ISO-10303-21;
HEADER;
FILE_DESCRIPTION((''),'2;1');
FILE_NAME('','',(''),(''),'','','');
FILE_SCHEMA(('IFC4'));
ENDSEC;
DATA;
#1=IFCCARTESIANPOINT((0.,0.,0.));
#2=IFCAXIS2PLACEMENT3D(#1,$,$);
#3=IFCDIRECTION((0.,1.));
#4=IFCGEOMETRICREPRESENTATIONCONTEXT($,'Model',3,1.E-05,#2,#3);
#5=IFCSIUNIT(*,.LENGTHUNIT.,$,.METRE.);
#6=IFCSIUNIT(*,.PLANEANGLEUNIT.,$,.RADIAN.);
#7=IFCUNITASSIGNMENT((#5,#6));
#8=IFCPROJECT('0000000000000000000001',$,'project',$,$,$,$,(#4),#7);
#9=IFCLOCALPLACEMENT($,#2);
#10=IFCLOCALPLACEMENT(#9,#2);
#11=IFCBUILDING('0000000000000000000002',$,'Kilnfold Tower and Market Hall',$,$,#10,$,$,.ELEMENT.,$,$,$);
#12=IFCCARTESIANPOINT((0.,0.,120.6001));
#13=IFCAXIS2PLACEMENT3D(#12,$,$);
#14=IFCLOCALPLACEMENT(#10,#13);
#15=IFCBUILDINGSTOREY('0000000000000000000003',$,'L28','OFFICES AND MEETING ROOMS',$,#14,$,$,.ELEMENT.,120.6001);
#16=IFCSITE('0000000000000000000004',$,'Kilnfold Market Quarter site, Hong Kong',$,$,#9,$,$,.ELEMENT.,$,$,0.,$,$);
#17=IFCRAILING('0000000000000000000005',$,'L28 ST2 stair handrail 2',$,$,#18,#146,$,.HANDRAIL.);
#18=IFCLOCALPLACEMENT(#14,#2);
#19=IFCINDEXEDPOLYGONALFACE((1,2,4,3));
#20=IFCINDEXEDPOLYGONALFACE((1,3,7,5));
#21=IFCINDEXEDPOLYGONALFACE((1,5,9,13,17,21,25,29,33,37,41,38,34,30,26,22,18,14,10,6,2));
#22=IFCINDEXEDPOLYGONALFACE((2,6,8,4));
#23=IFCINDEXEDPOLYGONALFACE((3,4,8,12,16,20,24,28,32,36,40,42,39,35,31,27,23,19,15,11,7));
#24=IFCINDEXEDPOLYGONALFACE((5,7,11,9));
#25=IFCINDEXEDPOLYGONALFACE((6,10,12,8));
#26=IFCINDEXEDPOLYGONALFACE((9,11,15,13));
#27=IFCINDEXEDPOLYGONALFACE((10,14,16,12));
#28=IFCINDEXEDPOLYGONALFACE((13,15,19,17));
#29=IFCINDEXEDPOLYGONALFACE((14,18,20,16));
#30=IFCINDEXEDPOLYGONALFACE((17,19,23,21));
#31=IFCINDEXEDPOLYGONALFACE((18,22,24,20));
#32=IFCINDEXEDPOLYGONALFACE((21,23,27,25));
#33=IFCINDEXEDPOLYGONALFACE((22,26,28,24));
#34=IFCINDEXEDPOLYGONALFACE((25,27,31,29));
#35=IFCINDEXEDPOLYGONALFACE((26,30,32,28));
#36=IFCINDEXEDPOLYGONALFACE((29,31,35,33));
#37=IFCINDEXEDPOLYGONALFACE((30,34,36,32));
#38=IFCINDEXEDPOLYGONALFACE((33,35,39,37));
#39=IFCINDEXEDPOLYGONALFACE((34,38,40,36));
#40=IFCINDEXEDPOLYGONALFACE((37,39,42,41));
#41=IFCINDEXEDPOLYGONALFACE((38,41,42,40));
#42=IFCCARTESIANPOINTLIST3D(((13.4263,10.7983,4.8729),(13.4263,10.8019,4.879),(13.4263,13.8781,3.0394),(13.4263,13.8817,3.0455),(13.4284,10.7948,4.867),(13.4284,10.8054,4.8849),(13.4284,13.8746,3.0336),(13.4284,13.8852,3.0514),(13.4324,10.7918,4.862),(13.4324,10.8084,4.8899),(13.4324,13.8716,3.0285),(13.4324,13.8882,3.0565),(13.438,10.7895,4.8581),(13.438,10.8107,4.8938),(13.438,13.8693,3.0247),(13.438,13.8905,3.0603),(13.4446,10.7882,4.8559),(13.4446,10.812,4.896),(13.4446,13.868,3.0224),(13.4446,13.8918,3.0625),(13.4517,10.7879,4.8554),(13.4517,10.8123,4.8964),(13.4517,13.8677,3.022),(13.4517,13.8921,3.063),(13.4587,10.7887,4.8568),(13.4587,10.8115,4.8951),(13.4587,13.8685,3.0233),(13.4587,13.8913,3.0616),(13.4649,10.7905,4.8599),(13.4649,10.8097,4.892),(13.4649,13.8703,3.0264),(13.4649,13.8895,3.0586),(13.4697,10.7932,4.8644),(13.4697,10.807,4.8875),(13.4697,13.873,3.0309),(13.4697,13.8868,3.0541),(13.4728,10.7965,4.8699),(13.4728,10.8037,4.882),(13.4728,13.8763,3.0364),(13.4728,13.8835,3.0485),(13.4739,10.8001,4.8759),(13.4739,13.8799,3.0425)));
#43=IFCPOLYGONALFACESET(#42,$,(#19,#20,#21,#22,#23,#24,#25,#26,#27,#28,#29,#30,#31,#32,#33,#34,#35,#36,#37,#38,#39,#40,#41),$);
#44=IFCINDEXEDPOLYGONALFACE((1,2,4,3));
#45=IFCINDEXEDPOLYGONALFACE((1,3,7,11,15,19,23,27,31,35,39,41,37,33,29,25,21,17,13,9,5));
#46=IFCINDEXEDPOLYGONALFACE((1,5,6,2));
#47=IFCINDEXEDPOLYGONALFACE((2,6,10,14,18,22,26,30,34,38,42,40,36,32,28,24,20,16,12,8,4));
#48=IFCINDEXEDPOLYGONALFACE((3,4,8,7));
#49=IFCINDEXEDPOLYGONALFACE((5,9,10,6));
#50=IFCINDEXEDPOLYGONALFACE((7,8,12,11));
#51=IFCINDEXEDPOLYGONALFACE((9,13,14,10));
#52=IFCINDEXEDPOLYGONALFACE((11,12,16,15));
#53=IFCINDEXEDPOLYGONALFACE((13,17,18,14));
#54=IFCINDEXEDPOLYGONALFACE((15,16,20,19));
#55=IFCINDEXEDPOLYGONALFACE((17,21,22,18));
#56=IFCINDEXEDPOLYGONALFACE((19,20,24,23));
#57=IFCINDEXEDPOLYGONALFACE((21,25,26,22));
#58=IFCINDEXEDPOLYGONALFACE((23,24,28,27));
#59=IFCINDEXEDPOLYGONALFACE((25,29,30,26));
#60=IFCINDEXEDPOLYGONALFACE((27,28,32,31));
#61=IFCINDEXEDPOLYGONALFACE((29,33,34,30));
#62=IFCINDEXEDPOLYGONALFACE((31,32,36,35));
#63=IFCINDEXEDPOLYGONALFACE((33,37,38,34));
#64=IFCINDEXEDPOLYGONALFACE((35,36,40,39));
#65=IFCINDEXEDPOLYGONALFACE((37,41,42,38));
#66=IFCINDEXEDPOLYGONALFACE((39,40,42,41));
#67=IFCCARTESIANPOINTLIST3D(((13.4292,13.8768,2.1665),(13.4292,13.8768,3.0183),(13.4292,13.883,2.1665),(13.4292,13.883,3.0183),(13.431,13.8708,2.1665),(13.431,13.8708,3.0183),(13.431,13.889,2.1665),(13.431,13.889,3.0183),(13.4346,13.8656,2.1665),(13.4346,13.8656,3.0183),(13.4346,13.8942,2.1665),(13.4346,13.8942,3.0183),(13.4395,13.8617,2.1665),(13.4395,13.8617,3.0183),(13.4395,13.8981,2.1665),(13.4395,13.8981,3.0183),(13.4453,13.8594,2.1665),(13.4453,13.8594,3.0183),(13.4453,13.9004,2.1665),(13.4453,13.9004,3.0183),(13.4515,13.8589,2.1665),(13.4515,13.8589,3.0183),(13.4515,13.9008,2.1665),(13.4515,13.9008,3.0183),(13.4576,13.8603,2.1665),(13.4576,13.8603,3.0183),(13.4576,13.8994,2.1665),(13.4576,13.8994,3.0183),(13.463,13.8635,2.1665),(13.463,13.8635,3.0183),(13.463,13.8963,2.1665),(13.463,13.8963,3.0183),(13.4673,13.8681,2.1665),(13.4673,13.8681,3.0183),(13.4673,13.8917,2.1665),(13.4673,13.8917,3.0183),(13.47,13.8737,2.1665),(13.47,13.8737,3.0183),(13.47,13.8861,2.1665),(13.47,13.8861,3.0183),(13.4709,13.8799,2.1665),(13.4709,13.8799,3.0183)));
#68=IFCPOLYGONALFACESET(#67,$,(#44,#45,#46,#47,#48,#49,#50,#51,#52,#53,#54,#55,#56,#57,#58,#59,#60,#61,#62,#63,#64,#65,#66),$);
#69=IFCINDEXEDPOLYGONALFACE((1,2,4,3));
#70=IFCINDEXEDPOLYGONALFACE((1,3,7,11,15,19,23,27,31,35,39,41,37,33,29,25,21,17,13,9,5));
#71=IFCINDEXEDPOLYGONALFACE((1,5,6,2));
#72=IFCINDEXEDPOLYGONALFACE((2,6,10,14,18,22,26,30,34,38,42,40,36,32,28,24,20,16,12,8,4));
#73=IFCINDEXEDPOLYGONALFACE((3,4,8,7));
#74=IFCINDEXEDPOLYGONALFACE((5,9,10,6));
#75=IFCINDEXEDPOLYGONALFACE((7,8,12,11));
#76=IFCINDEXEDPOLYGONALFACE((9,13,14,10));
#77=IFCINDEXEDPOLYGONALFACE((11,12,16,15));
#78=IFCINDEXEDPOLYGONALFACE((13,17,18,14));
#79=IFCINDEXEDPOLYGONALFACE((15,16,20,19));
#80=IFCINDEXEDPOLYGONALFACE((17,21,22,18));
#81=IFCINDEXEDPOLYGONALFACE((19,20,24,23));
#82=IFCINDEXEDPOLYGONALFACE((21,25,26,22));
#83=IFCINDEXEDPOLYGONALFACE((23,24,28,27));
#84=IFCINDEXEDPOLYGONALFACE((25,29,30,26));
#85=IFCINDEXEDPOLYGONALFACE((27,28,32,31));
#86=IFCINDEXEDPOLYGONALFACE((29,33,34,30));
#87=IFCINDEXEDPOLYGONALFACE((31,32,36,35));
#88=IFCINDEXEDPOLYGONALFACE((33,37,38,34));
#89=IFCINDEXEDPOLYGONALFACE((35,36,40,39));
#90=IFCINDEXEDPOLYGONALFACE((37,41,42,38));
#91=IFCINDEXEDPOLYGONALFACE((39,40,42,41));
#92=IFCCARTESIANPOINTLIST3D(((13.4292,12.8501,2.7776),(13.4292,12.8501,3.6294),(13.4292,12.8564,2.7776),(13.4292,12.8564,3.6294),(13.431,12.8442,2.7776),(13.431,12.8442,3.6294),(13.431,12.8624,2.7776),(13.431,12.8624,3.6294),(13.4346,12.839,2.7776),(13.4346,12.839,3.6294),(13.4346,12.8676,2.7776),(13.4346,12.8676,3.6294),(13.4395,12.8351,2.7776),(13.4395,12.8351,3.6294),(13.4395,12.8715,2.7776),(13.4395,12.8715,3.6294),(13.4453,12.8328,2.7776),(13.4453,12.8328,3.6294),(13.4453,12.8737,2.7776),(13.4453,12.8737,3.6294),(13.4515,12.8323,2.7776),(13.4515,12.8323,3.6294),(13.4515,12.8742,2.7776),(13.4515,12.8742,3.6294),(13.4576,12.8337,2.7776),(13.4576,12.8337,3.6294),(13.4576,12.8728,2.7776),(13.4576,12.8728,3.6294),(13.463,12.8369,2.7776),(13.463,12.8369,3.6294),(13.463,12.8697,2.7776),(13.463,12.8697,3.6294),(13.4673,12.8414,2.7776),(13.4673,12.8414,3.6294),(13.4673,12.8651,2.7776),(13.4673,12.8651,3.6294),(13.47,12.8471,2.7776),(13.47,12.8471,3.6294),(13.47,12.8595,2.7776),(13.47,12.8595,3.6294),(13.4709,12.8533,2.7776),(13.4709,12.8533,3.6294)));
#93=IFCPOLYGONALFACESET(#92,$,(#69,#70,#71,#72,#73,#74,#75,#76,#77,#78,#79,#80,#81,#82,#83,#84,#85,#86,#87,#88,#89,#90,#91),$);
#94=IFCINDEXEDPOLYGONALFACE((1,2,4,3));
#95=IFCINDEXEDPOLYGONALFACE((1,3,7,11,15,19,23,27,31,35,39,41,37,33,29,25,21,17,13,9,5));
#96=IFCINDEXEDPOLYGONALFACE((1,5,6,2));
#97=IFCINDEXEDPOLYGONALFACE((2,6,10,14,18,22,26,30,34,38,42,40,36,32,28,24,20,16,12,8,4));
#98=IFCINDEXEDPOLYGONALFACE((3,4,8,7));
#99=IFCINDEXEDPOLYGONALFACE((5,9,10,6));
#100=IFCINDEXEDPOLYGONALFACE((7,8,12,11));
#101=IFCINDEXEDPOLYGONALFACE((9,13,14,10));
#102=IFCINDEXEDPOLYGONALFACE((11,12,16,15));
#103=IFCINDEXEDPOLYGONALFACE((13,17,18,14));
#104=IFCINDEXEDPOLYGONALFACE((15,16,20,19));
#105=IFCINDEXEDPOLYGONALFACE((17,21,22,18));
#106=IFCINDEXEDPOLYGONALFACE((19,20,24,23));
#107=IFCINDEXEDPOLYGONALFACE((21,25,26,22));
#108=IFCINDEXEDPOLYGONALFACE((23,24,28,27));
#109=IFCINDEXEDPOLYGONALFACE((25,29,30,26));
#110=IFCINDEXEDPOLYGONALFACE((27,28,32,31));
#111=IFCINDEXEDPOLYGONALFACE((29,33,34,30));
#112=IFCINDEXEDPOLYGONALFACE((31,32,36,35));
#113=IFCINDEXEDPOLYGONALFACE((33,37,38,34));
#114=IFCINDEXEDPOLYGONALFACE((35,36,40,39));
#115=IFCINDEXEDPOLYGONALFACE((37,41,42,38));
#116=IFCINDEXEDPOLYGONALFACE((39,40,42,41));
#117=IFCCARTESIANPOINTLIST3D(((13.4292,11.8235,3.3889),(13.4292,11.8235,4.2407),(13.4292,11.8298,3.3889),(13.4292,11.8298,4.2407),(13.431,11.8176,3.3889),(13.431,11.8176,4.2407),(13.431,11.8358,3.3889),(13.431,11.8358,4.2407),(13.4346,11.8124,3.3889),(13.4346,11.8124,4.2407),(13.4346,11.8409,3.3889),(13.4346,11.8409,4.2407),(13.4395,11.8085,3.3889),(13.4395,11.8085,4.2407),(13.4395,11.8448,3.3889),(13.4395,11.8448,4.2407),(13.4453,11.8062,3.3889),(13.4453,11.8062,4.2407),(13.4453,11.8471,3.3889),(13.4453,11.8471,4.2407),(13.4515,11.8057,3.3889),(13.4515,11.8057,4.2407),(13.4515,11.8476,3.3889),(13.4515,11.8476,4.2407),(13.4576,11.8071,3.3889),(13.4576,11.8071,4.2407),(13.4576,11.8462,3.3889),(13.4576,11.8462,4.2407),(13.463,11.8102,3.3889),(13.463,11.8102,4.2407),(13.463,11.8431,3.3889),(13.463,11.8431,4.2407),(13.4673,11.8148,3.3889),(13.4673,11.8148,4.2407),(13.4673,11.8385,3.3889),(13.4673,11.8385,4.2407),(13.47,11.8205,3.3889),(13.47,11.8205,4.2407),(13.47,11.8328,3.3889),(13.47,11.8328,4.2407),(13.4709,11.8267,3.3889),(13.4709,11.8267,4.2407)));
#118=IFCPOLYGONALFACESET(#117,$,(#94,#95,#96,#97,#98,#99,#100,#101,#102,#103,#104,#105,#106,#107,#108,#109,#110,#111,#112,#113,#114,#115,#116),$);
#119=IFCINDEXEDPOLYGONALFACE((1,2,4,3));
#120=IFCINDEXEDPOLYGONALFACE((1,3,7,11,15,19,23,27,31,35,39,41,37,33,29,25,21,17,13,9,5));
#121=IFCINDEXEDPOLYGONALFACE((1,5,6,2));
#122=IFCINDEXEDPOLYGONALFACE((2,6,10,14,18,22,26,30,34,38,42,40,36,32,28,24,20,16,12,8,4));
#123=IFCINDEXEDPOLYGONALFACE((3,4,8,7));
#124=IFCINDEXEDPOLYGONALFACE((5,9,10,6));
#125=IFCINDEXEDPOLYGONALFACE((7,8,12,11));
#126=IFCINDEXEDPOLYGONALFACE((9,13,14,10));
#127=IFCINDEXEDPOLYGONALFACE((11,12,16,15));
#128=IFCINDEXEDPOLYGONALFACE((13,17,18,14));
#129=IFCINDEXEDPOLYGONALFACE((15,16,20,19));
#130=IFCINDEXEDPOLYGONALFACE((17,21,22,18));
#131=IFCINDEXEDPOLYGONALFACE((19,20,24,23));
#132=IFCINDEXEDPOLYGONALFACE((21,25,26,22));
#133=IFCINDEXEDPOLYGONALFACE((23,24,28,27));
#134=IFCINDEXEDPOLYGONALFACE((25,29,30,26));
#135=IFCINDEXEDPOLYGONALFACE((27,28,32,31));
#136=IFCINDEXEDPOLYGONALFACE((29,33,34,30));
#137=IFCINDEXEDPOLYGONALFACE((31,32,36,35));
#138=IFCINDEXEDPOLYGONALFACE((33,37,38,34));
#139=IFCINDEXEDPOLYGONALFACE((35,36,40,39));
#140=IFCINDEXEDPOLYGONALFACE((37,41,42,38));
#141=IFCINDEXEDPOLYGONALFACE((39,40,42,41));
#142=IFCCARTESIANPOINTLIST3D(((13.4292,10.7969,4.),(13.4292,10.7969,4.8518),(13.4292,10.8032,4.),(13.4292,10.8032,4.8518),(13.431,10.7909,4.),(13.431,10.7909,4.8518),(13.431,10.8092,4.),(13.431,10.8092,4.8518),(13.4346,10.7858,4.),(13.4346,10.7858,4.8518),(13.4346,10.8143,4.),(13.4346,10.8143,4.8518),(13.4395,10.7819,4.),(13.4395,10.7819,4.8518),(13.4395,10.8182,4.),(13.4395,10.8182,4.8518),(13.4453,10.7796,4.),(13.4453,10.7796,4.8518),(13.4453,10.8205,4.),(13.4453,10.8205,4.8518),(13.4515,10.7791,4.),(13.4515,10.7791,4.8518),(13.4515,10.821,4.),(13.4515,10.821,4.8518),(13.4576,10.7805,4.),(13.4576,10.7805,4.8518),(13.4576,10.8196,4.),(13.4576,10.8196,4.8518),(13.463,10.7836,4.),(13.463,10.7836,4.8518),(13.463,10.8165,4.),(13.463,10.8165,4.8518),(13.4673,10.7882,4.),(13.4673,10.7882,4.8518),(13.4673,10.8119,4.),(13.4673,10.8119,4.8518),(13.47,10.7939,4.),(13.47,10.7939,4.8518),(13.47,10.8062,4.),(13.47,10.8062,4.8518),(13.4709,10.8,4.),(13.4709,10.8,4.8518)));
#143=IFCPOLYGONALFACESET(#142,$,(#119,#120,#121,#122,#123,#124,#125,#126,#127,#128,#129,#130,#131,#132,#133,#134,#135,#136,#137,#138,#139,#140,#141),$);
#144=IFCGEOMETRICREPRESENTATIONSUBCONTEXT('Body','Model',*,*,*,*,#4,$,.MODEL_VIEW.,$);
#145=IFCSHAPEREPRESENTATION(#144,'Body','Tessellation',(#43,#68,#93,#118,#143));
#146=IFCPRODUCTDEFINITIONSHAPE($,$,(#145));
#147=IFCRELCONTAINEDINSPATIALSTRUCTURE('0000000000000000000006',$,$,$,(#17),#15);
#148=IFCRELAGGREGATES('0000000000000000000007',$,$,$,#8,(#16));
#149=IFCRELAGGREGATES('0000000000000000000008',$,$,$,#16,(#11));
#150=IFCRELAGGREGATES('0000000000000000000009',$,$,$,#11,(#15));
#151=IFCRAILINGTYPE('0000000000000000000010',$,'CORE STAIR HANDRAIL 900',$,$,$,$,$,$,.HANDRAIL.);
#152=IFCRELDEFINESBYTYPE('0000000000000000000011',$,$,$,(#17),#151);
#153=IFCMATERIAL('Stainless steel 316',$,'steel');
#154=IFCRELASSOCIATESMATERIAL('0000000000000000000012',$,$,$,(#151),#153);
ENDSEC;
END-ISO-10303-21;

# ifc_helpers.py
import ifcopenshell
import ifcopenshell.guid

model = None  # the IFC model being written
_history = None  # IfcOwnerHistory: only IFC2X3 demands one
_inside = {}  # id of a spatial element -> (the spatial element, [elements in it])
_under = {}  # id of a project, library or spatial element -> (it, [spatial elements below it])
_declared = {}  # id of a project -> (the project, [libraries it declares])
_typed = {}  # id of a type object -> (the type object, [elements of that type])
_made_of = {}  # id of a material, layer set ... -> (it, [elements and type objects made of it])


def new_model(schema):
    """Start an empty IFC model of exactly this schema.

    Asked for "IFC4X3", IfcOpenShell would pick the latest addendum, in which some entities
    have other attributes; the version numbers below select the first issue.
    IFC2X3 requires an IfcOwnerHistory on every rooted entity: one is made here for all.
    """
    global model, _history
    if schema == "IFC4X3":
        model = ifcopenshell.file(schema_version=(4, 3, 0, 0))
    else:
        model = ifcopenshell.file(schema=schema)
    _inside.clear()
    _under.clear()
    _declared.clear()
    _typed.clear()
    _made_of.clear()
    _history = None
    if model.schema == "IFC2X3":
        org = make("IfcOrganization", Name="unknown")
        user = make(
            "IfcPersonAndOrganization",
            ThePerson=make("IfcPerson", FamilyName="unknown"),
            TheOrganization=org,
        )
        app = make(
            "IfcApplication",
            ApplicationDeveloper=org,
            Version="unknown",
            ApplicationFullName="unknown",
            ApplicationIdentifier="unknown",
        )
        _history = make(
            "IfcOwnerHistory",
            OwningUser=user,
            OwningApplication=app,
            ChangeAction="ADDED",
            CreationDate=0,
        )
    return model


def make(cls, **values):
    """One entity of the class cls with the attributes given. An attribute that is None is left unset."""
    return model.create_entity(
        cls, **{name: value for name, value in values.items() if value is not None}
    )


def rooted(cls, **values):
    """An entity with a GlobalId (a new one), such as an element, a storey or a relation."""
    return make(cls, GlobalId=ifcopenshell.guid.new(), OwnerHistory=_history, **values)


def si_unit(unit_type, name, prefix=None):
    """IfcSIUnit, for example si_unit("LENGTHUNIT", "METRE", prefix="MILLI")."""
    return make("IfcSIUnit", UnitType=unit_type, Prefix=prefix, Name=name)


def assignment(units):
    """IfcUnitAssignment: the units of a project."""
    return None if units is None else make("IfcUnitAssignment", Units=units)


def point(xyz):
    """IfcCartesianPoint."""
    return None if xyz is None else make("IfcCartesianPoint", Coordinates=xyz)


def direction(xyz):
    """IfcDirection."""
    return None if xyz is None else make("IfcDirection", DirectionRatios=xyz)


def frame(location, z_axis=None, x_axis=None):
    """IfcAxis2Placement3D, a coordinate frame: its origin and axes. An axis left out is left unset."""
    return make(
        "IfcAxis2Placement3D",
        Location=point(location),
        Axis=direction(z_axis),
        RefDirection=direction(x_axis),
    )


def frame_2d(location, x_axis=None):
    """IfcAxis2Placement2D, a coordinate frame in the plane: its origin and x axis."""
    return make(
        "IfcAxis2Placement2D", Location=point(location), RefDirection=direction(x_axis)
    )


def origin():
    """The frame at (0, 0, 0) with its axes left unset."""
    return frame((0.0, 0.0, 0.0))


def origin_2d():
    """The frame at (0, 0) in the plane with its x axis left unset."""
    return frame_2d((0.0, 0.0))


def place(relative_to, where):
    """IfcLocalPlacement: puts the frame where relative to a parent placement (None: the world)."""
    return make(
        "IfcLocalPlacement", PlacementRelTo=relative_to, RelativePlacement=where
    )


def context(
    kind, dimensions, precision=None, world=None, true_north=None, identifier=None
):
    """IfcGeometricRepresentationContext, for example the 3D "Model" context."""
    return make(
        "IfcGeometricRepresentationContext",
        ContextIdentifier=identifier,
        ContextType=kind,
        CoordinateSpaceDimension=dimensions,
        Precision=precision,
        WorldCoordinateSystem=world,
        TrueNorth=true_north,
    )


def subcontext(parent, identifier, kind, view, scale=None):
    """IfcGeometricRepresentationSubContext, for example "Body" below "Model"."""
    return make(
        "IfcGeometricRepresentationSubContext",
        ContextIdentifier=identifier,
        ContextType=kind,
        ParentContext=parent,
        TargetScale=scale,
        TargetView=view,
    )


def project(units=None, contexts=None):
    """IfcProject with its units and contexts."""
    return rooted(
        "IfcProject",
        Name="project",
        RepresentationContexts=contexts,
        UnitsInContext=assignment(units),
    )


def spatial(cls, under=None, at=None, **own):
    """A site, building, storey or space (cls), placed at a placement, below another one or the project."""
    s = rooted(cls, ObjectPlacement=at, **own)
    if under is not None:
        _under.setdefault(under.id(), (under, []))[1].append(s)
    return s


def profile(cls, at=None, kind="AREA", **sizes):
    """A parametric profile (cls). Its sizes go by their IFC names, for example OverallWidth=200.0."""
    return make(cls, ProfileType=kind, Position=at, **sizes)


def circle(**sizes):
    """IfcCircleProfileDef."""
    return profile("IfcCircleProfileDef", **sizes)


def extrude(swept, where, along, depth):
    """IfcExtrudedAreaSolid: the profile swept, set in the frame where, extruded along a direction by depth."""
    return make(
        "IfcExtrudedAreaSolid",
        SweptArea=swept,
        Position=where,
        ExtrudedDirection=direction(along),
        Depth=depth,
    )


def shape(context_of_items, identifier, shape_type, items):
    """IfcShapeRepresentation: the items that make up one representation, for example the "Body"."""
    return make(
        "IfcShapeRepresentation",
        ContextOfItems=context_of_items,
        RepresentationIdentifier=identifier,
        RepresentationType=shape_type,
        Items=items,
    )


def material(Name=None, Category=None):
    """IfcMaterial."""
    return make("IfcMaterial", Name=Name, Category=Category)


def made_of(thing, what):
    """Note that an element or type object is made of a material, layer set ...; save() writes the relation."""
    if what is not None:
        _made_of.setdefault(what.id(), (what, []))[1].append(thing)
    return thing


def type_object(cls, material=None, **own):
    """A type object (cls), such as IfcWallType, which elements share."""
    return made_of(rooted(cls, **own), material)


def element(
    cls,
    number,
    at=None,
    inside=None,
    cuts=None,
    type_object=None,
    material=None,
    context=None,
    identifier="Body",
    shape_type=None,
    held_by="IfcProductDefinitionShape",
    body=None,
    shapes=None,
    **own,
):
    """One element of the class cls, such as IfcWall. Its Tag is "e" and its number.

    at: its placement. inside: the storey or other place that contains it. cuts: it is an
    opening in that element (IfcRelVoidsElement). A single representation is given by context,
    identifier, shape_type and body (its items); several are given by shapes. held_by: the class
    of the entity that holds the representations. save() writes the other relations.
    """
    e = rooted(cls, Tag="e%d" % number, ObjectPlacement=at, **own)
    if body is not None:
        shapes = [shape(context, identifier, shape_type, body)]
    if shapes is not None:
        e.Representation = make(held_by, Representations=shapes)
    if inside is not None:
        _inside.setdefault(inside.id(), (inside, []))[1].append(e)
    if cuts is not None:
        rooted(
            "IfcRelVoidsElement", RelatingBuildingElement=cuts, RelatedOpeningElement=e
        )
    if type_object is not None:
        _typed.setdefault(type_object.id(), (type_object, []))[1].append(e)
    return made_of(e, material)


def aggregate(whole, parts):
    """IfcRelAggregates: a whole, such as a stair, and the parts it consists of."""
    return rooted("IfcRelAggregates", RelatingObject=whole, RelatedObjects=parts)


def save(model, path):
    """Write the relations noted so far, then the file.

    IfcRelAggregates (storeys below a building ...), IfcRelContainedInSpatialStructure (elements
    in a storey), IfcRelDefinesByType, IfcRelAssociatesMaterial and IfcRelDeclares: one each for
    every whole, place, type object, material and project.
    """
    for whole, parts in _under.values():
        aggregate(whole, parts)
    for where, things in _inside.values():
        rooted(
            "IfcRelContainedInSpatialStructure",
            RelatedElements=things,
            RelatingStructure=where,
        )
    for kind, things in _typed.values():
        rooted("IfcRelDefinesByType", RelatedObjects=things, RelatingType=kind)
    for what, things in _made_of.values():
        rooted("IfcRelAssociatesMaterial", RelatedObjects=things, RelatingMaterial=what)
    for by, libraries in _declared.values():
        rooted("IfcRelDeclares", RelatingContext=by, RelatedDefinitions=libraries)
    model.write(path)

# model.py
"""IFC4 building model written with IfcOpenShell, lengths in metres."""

from ifc_helpers import new_model, si_unit, direction, frame, origin, origin_2d, place, context, subcontext, project, spatial, circle, extrude, material, type_object, element, save


model = new_model("IFC4")

# Units and contexts
model_context = context("Model", 3, precision=1e-05, world=origin(), true_north=direction((0.0, 1.0)))
body_context = subcontext(model_context, "Body", "Model", "MODEL_VIEW")
ifc_project = project(units=[si_unit("LENGTHUNIT", "METRE"), si_unit("PLANEANGLEUNIT", "RADIAN")], contexts=[model_context])

# Site, building, storey
site_placement = place(None, origin())
site = spatial("IfcSite", under=ifc_project, at=site_placement, Name="Kilnfold Market Quarter site, Hong Kong", CompositionType="ELEMENT", RefElevation=0.0)
building_placement = place(site_placement, origin())
building = spatial("IfcBuilding", under=site, at=building_placement, Name="Kilnfold Tower and Market Hall", CompositionType="ELEMENT")
storey_placement = place(building_placement, frame((0.0, 0.0, 120.6001)))
storey = spatial("IfcBuildingStorey", under=building, at=storey_placement, Name="L28", Description="OFFICES AND MEETING ROOMS", CompositionType="ELEMENT", Elevation=120.6001)

# Railing
ifc_material_1 = material(Name="Stainless steel 316", Category="steel")
railing_type = type_object("IfcRailingType", Name="CORE STAIR HANDRAIL 900", PredefinedType="HANDRAIL", material=ifc_material_1)
railing_placement = place(storey_placement, frame((13.45, 13.8799, 2.1665)))
element("IfcRailing", 1, at=railing_placement, inside=storey, type_object=railing_type, Name="L28 ST2 stair handrail 2", PredefinedType="HANDRAIL", context=body_context, shape_type="SweptSolid", body=[
    extrude(circle(Radius=0.0239, at=origin_2d()), frame((0.0, 0.0, 0.876), z_axis=(0.0, -0.859261, 0.511538), x_axis=(1.0, 0.0, 0.0)), (0.0, 0.0, 1.0), 3.5842),
    extrude(circle(Radius=0.021, at=origin_2d()), origin(), (0.0, 0.0, 1.0), 0.8518),
    extrude(circle(Radius=0.021, at=origin_2d()), frame((0.0, -1.0266, 0.6111)), (0.0, 0.0, 1.0), 0.8518),
    extrude(circle(Radius=0.021, at=origin_2d()), frame((0.0, -2.0532, 1.2224)), (0.0, 0.0, 1.0), 0.8518),
    extrude(circle(Radius=0.021, at=origin_2d()), frame((0.0, -3.0798, 1.8335)), (0.0, 0.0, 1.0), 0.8518),
])

save(model, "model.ifc")
